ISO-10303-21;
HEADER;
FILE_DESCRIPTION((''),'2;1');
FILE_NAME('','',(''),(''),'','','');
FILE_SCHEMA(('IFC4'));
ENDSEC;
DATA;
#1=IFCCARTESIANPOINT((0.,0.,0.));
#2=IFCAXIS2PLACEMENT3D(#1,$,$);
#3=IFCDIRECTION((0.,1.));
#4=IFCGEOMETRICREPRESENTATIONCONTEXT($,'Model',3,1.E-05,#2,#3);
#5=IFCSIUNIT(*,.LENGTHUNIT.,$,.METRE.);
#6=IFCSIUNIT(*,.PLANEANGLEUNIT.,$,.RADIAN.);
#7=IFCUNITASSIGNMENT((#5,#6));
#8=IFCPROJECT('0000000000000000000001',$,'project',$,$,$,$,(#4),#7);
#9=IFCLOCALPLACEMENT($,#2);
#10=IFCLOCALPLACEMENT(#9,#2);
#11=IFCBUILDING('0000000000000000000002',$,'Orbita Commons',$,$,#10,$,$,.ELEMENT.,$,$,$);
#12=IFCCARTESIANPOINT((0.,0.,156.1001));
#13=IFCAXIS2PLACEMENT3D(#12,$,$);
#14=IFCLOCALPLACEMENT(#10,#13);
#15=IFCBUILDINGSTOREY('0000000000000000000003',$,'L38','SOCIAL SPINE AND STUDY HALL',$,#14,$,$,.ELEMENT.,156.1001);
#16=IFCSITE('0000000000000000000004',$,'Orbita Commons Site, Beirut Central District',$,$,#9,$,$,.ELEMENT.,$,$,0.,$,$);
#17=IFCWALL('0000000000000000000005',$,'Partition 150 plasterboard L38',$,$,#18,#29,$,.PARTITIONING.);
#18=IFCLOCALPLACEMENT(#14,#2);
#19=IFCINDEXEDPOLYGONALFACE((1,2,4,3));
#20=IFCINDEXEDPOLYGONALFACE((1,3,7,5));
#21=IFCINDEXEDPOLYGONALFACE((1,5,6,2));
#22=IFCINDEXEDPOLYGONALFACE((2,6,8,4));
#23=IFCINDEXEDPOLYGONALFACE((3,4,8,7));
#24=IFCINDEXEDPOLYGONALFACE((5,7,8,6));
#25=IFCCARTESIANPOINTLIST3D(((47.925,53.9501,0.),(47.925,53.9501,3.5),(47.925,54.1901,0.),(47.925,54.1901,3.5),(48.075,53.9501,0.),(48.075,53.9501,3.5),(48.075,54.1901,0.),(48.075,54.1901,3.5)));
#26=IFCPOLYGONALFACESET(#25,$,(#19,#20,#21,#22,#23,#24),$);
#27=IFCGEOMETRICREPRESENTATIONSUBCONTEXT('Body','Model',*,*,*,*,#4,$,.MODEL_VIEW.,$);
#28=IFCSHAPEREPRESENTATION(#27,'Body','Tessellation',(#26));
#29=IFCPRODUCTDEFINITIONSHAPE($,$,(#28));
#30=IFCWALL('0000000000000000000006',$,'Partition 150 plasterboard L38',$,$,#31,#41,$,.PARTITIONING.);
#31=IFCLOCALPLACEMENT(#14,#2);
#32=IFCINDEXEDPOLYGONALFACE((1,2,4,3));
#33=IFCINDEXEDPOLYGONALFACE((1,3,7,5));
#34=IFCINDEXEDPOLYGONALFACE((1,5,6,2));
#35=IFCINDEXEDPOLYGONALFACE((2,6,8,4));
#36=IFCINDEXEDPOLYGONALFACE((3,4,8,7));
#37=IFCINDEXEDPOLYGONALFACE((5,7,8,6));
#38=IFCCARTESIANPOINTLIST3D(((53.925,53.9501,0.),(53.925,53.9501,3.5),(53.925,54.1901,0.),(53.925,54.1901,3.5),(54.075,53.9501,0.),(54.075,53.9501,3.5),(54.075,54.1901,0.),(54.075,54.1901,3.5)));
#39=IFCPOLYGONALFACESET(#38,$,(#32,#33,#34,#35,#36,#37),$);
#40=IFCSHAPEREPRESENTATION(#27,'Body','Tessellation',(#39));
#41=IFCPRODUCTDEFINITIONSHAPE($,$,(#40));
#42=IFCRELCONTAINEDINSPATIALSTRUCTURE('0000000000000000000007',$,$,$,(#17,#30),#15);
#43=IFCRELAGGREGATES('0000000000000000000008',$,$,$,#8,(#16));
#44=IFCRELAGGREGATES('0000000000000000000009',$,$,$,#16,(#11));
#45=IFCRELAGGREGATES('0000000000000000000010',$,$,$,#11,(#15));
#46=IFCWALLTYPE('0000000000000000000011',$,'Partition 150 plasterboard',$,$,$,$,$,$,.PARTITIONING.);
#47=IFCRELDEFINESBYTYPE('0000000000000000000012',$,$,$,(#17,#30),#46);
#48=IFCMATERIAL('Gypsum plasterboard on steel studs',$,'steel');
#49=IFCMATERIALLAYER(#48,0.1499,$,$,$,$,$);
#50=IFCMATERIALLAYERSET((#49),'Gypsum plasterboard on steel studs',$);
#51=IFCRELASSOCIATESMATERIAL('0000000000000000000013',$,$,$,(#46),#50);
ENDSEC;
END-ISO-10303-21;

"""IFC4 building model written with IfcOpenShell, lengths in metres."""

from ifc_helpers import new_model, si_unit, direction, frame, frame_2d, origin, place, context, subcontext, project, spatial, rectangle, extrude, material, layer, layer_set, type_object, element, save


model = new_model("IFC4")

# Units and contexts
model_context = context("Model", 3, precision=1e-05, world=origin(), true_north=direction((0.0, 1.0)))
body_context = subcontext(model_context, "Body", "Model", "MODEL_VIEW")
ifc_project = project(units=[si_unit("LENGTHUNIT", "METRE"), si_unit("PLANEANGLEUNIT", "RADIAN")], contexts=[model_context])

# Site, building, storey
site_placement = place(None, origin())
site = spatial("IfcSite", under=ifc_project, at=site_placement, Name="Orbita Commons Site, Beirut Central District", CompositionType="ELEMENT", RefElevation=0.0)
building_placement = place(site_placement, origin())
building = spatial("IfcBuilding", under=site, at=building_placement, Name="Orbita Commons", CompositionType="ELEMENT")
storey_placement = place(building_placement, frame((0.0, 0.0, 156.1001)))
storey = spatial("IfcBuildingStorey", under=building, at=storey_placement, Name="L38", Description="SOCIAL SPINE AND STUDY HALL", CompositionType="ELEMENT", Elevation=156.1001)

# Walls
ifc_material_1 = material(Name="Gypsum plasterboard on steel studs", Category="steel")
ifc_layer_1 = layer(ifc_material_1, 0.1499)
ifc_layer_set_1 = layer_set([ifc_layer_1], Name="Gypsum plasterboard on steel studs")
wall_type_1 = type_object("IfcWallType", Name="Partition 150 plasterboard", PredefinedType="PARTITIONING", material=ifc_layer_set_1)
for number, where, z_axis, x_axis, name in (
    (1, (48.0, 53.95, 0.0), (0.0, 0.0, 1.0), (0.0, 1.0, 0.0), "Partition 150 plasterboard L38"),
    (2, (54.0, 53.95, 0.0), (0.0, 0.0, 1.0), (0.0, 1.0, 0.0), "Partition 150 plasterboard L38"),
):
    element("IfcWall", number, at=place(storey_placement, frame(where, z_axis=z_axis, x_axis=x_axis)), inside=storey, type_object=wall_type_1, Name=name, PredefinedType="PARTITIONING", context=body_context, shape_type="SweptSolid", body=[
        extrude(rectangle(XDim=0.24, YDim=0.1499, at=frame_2d((0.1201, 0.0))), origin(), (0.0, 0.0, 1.0), 3.5),
    ])

save(model, "model.ifc")
